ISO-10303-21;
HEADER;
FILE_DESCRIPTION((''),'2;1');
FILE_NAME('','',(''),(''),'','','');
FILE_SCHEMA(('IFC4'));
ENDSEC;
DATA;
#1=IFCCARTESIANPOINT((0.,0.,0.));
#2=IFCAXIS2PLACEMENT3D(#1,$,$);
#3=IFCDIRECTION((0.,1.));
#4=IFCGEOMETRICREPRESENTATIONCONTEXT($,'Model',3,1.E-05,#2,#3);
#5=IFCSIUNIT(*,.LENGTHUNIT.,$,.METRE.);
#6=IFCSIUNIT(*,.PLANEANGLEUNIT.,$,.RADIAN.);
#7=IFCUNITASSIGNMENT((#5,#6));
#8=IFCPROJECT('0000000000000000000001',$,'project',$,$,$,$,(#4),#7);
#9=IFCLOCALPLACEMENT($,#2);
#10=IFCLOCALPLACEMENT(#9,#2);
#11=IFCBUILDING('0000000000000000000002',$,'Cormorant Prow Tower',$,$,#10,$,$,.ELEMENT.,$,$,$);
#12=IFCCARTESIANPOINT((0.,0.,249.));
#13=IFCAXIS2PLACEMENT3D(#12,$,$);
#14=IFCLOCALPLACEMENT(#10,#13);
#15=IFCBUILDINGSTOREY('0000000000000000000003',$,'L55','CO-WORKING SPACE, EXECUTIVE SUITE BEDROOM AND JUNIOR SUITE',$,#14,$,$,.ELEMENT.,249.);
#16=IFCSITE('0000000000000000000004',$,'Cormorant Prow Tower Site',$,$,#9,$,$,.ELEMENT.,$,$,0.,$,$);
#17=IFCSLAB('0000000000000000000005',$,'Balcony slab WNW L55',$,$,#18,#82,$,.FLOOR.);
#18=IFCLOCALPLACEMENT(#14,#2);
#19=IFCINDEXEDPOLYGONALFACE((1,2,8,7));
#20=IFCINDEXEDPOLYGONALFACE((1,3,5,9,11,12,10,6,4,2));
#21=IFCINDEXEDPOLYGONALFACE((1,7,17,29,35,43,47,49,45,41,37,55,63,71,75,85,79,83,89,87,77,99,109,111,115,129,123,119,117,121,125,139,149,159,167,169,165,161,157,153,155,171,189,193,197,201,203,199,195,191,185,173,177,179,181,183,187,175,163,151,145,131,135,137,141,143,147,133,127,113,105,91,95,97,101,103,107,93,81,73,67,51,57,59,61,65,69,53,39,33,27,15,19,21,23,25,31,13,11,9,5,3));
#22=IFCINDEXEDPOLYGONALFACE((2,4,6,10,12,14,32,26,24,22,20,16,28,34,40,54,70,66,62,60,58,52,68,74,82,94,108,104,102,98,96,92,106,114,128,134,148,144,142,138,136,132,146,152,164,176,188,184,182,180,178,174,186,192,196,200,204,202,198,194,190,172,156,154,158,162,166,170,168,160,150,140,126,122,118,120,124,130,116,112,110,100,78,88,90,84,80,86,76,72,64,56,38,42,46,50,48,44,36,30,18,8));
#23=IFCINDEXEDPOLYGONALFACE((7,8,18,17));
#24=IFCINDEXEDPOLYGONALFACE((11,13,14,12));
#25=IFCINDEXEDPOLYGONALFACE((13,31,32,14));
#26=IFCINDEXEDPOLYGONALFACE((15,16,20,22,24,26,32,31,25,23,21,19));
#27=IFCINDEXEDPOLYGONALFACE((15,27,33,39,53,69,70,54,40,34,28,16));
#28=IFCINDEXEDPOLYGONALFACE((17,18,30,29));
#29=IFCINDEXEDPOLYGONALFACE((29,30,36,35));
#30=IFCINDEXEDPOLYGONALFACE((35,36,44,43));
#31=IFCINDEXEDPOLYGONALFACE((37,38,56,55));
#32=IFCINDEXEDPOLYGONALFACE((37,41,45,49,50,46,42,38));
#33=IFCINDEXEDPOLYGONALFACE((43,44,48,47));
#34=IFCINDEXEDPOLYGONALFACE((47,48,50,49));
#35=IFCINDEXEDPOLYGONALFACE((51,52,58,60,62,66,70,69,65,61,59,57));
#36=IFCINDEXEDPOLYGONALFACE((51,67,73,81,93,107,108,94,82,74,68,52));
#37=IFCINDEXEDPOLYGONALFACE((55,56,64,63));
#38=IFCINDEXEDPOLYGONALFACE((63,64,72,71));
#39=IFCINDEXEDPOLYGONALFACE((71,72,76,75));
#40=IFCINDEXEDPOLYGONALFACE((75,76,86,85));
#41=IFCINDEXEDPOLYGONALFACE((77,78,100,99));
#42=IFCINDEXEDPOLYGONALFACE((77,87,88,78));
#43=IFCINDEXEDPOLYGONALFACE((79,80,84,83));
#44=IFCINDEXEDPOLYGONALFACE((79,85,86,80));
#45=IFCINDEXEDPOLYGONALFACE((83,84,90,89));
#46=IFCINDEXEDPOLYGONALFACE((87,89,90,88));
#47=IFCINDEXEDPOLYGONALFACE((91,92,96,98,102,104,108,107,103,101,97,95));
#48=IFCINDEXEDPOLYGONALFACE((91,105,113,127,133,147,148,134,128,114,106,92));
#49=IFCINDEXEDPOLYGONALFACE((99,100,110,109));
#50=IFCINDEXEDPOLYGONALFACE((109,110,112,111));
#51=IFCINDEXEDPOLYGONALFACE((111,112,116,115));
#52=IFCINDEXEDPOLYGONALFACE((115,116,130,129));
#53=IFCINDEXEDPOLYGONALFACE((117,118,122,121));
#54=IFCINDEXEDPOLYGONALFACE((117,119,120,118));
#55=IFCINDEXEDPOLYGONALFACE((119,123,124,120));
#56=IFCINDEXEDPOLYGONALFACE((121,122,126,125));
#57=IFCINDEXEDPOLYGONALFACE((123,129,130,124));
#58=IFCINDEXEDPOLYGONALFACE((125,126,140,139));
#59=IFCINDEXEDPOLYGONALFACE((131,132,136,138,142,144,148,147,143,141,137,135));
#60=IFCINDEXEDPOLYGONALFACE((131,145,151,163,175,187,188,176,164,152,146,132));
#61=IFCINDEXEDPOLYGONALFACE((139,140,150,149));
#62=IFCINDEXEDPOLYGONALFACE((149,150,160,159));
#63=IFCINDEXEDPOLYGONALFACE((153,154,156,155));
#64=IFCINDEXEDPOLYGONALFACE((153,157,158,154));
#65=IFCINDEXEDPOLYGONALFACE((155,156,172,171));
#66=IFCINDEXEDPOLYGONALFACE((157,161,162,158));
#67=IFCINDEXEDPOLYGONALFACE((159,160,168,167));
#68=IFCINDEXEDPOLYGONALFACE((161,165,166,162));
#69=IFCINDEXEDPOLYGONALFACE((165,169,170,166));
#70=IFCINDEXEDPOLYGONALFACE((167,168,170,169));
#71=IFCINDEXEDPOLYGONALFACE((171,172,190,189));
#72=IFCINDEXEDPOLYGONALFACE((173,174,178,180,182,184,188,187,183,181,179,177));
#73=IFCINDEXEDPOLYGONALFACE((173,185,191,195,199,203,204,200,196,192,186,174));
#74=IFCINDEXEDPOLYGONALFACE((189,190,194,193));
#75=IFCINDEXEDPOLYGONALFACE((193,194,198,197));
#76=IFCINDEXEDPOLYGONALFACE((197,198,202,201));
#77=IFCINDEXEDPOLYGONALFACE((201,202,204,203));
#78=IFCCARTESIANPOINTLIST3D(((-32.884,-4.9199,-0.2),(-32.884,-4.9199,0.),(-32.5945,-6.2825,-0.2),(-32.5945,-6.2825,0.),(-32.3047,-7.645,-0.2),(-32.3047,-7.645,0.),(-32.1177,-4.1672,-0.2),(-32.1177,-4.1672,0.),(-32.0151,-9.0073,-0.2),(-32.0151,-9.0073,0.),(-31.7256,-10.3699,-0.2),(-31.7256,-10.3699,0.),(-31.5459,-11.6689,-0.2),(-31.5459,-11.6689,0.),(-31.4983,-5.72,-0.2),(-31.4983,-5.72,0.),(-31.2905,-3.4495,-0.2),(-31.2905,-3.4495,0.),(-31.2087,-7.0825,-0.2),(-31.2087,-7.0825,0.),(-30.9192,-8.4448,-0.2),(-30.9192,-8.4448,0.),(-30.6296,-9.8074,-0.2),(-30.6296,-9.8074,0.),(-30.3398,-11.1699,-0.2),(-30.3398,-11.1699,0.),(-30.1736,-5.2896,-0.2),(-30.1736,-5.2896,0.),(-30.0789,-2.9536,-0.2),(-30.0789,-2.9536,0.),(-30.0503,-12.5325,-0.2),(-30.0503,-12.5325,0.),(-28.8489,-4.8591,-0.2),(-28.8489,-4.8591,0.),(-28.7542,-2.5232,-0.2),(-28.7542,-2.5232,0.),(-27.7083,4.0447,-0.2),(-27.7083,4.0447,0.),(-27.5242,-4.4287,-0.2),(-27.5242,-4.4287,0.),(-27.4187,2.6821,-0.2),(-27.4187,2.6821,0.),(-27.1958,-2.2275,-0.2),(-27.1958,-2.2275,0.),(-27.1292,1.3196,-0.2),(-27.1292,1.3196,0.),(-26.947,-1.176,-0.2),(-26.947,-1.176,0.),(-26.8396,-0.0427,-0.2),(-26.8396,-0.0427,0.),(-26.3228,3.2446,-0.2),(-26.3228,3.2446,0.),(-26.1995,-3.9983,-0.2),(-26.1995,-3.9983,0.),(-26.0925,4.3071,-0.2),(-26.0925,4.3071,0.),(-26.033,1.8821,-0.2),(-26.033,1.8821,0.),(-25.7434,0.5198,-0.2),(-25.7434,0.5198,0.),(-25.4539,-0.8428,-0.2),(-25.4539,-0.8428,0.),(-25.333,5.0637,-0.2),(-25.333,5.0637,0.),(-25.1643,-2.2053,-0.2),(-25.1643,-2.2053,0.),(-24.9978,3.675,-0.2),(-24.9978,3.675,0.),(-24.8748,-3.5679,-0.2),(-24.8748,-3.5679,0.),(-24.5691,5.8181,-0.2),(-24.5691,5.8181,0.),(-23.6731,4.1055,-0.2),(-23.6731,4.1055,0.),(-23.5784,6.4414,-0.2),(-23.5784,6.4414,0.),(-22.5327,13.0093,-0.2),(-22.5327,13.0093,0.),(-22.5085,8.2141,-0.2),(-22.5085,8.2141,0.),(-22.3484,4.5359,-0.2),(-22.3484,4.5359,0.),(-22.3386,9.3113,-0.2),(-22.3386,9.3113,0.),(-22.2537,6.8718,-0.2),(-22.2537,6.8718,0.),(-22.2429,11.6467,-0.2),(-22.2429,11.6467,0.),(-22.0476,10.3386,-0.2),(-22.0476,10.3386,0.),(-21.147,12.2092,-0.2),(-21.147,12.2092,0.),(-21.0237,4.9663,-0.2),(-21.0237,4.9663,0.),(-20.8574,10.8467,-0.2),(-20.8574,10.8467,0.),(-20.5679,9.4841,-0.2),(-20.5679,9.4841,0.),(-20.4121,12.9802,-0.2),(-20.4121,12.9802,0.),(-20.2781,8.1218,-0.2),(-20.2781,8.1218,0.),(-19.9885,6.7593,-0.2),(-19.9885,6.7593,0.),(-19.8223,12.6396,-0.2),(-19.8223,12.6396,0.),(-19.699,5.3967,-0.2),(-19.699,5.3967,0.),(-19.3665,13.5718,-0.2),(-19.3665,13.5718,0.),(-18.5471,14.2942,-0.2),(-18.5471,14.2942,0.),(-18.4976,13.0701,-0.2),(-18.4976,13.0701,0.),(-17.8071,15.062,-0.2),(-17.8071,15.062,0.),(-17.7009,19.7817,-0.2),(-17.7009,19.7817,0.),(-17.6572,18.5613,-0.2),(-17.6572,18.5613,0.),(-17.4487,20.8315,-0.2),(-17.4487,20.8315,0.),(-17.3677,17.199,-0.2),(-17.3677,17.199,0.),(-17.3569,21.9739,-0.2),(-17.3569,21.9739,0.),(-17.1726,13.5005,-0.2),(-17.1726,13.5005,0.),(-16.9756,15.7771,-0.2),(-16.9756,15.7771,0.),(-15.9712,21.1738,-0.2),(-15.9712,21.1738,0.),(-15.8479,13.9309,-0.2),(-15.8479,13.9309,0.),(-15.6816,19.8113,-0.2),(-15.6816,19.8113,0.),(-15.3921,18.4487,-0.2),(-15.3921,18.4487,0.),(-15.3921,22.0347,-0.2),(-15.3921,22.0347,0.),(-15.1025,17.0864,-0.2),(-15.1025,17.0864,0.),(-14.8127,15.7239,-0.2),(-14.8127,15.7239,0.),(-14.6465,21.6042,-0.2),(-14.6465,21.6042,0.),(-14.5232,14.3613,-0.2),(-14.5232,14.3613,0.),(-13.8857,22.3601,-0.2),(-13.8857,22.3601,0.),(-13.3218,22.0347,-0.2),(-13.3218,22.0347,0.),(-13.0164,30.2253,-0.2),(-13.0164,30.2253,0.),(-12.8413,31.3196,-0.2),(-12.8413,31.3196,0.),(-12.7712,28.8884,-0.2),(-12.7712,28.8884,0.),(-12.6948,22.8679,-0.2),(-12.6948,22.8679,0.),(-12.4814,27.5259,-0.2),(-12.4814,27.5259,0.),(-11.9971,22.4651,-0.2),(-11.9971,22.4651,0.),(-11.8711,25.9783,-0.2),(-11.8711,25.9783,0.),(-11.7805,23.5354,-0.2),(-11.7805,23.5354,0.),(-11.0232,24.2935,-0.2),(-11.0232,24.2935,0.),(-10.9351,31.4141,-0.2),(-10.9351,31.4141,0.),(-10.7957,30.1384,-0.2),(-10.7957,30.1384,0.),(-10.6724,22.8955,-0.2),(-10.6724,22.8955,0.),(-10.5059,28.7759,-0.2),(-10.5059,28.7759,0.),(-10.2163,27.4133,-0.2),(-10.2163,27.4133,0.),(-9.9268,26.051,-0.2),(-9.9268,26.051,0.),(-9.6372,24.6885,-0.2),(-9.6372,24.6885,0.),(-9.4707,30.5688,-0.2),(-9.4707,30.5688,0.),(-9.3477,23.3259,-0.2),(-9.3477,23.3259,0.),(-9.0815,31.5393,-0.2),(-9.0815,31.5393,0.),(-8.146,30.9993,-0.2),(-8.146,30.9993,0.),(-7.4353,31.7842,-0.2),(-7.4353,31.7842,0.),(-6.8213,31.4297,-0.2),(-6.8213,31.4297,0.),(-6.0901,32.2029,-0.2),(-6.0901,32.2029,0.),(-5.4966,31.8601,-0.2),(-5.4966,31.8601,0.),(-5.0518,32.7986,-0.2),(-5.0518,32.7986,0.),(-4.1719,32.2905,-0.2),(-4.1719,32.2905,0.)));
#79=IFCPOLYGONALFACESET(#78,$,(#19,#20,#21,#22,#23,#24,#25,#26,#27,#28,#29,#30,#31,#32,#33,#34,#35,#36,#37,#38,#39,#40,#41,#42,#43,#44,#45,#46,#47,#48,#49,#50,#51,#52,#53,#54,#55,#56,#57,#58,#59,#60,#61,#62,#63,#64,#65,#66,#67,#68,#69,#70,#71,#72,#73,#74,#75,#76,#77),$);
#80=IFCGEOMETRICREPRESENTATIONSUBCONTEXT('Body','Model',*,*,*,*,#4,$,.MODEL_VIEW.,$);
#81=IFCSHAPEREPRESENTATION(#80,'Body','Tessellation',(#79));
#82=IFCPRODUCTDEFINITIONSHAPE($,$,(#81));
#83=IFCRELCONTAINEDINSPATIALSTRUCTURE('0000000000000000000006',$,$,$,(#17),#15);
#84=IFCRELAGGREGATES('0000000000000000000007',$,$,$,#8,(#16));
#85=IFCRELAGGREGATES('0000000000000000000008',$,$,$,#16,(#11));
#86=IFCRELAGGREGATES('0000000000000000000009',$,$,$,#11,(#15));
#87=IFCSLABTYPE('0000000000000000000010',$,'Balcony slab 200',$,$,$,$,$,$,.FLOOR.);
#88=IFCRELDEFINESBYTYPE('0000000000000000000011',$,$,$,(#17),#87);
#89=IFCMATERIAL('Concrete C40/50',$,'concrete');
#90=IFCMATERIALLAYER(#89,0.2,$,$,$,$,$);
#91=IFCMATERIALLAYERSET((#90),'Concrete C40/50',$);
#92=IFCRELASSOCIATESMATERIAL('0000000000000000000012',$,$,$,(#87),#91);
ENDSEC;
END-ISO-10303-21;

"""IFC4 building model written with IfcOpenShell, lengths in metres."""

from ifc_helpers import new_model, si_unit, direction, frame, origin, place, context, subcontext, project, spatial, polyline, outline, extrude, material, layer, layer_set, type_object, element, save


model = new_model("IFC4")

# Units and contexts
model_context = context("Model", 3, precision=1e-05, world=origin(), true_north=direction((0.0, 1.0)))
body_context = subcontext(model_context, "Body", "Model", "MODEL_VIEW")
ifc_project = project(units=[si_unit("LENGTHUNIT", "METRE"), si_unit("PLANEANGLEUNIT", "RADIAN")], contexts=[model_context])

# Site, building, storey
site_placement = place(None, origin())
site = spatial("IfcSite", under=ifc_project, at=site_placement, Name="Cormorant Prow Tower Site", CompositionType="ELEMENT", RefElevation=0.0)
building_placement = place(site_placement, origin())
building = spatial("IfcBuilding", under=site, at=building_placement, Name="Cormorant Prow Tower", CompositionType="ELEMENT")
storey_placement = place(building_placement, frame((0.0, 0.0, 249.0)))
storey = spatial("IfcBuildingStorey", under=building, at=storey_placement, Name="L55", Description="CO-WORKING SPACE, EXECUTIVE SUITE BEDROOM AND JUNIOR SUITE", CompositionType="ELEMENT", Elevation=249.0)

# Slab
ifc_material_1 = material(Name="Concrete C40/50", Category="concrete")
ifc_layer_1 = layer(ifc_material_1, 0.2)
ifc_layer_set_1 = layer_set([ifc_layer_1], Name="Concrete C40/50")
slab_type_1 = type_object("IfcSlabType", Name="Balcony slab 200", PredefinedType="FLOOR", material=ifc_layer_set_1)
slab_1_placement = place(storey_placement, frame((0.0, 0.0, -0.2)))
element("IfcSlab", 1, at=slab_1_placement, inside=storey, type_object=slab_type_1, Name="Balcony slab WNW L55", PredefinedType="FLOOR", context=body_context, shape_type="SweptSolid", body=[
    extrude(outline(polyline([(-4.1719, 32.2905), (-5.0518, 32.7986), (-6.0901, 32.2029), (-7.4353, 31.7842), (-9.0815, 31.5393), (-10.9351, 31.4141), (-12.8413, 31.3196), (-13.0164, 30.2253), (-12.7712, 28.8884), (-12.4814, 27.5259), (-11.8711, 25.9783), (-11.0232, 24.2935), (-11.7805, 23.5354), (-12.6948, 22.8679), (-13.8857, 22.3601), (-15.3921, 22.0347), (-17.3569, 21.9739), (-17.4487, 20.8315), (-17.7009, 19.7817), (-17.6572, 18.5613), (-17.3677, 17.199), (-16.9756, 15.7771), (-17.8071, 15.062), (-18.5471, 14.2942), (-19.3665, 13.5718), (-20.4121, 12.9802), (-22.5327, 13.0093), (-22.2429, 11.6467), (-22.0476, 10.3386), (-22.3386, 9.3113), (-22.5085, 8.2141), (-22.2537, 6.8718), (-23.5784, 6.4414), (-24.5691, 5.8181), (-25.333, 5.0637), (-26.0925, 4.3071), (-27.7083, 4.0447), (-27.4187, 2.6821), (-27.1292, 1.3196), (-26.8396, -0.0427), (-26.947, -1.176), (-27.1958, -2.2275), (-28.7542, -2.5232), (-30.0789, -2.9536), (-31.2905, -3.4495), (-32.1177, -4.1672), (-32.884, -4.9199), (-32.5945, -6.2825), (-32.3047, -7.645), (-32.0151, -9.0073), (-31.7256, -10.3699), (-31.5459, -11.6689), (-30.0503, -12.5325), (-30.3398, -11.1699), (-30.6296, -9.8074), (-30.9192, -8.4448), (-31.2087, -7.0825), (-31.4983, -5.72), (-30.1736, -5.2896), (-28.8489, -4.8591), (-27.5242, -4.4287), (-26.1995, -3.9983), (-24.8748, -3.5679), (-25.1643, -2.2053), (-25.4539, -0.8428), (-25.7434, 0.5198), (-26.033, 1.8821), (-26.3228, 3.2446), (-24.9978, 3.675), (-23.6731, 4.1055), (-22.3484, 4.5359), (-21.0237, 4.9663), (-19.699, 5.3967), (-19.9885, 6.7593), (-20.2781, 8.1218), (-20.5679, 9.4841), (-20.8574, 10.8467), (-21.147, 12.2092), (-19.8223, 12.6396), (-18.4976, 13.0701), (-17.1726, 13.5005), (-15.8479, 13.9309), (-14.5232, 14.3613), (-14.8127, 15.7239), (-15.1025, 17.0864), (-15.3921, 18.4487), (-15.6816, 19.8113), (-15.9712, 21.1738), (-14.6465, 21.6042), (-13.3218, 22.0347), (-11.9971, 22.4651), (-10.6724, 22.8955), (-9.3477, 23.3259), (-9.6372, 24.6885), (-9.9268, 26.051), (-10.2163, 27.4133), (-10.5059, 28.7759), (-10.7957, 30.1384), (-9.4707, 30.5688), (-8.146, 30.9993), (-6.8213, 31.4297), (-5.4966, 31.8601), (-4.1719, 32.2905)])), origin(), (0.0, 0.0, 1.0), 0.2),
])

save(model, "model.ifc")
